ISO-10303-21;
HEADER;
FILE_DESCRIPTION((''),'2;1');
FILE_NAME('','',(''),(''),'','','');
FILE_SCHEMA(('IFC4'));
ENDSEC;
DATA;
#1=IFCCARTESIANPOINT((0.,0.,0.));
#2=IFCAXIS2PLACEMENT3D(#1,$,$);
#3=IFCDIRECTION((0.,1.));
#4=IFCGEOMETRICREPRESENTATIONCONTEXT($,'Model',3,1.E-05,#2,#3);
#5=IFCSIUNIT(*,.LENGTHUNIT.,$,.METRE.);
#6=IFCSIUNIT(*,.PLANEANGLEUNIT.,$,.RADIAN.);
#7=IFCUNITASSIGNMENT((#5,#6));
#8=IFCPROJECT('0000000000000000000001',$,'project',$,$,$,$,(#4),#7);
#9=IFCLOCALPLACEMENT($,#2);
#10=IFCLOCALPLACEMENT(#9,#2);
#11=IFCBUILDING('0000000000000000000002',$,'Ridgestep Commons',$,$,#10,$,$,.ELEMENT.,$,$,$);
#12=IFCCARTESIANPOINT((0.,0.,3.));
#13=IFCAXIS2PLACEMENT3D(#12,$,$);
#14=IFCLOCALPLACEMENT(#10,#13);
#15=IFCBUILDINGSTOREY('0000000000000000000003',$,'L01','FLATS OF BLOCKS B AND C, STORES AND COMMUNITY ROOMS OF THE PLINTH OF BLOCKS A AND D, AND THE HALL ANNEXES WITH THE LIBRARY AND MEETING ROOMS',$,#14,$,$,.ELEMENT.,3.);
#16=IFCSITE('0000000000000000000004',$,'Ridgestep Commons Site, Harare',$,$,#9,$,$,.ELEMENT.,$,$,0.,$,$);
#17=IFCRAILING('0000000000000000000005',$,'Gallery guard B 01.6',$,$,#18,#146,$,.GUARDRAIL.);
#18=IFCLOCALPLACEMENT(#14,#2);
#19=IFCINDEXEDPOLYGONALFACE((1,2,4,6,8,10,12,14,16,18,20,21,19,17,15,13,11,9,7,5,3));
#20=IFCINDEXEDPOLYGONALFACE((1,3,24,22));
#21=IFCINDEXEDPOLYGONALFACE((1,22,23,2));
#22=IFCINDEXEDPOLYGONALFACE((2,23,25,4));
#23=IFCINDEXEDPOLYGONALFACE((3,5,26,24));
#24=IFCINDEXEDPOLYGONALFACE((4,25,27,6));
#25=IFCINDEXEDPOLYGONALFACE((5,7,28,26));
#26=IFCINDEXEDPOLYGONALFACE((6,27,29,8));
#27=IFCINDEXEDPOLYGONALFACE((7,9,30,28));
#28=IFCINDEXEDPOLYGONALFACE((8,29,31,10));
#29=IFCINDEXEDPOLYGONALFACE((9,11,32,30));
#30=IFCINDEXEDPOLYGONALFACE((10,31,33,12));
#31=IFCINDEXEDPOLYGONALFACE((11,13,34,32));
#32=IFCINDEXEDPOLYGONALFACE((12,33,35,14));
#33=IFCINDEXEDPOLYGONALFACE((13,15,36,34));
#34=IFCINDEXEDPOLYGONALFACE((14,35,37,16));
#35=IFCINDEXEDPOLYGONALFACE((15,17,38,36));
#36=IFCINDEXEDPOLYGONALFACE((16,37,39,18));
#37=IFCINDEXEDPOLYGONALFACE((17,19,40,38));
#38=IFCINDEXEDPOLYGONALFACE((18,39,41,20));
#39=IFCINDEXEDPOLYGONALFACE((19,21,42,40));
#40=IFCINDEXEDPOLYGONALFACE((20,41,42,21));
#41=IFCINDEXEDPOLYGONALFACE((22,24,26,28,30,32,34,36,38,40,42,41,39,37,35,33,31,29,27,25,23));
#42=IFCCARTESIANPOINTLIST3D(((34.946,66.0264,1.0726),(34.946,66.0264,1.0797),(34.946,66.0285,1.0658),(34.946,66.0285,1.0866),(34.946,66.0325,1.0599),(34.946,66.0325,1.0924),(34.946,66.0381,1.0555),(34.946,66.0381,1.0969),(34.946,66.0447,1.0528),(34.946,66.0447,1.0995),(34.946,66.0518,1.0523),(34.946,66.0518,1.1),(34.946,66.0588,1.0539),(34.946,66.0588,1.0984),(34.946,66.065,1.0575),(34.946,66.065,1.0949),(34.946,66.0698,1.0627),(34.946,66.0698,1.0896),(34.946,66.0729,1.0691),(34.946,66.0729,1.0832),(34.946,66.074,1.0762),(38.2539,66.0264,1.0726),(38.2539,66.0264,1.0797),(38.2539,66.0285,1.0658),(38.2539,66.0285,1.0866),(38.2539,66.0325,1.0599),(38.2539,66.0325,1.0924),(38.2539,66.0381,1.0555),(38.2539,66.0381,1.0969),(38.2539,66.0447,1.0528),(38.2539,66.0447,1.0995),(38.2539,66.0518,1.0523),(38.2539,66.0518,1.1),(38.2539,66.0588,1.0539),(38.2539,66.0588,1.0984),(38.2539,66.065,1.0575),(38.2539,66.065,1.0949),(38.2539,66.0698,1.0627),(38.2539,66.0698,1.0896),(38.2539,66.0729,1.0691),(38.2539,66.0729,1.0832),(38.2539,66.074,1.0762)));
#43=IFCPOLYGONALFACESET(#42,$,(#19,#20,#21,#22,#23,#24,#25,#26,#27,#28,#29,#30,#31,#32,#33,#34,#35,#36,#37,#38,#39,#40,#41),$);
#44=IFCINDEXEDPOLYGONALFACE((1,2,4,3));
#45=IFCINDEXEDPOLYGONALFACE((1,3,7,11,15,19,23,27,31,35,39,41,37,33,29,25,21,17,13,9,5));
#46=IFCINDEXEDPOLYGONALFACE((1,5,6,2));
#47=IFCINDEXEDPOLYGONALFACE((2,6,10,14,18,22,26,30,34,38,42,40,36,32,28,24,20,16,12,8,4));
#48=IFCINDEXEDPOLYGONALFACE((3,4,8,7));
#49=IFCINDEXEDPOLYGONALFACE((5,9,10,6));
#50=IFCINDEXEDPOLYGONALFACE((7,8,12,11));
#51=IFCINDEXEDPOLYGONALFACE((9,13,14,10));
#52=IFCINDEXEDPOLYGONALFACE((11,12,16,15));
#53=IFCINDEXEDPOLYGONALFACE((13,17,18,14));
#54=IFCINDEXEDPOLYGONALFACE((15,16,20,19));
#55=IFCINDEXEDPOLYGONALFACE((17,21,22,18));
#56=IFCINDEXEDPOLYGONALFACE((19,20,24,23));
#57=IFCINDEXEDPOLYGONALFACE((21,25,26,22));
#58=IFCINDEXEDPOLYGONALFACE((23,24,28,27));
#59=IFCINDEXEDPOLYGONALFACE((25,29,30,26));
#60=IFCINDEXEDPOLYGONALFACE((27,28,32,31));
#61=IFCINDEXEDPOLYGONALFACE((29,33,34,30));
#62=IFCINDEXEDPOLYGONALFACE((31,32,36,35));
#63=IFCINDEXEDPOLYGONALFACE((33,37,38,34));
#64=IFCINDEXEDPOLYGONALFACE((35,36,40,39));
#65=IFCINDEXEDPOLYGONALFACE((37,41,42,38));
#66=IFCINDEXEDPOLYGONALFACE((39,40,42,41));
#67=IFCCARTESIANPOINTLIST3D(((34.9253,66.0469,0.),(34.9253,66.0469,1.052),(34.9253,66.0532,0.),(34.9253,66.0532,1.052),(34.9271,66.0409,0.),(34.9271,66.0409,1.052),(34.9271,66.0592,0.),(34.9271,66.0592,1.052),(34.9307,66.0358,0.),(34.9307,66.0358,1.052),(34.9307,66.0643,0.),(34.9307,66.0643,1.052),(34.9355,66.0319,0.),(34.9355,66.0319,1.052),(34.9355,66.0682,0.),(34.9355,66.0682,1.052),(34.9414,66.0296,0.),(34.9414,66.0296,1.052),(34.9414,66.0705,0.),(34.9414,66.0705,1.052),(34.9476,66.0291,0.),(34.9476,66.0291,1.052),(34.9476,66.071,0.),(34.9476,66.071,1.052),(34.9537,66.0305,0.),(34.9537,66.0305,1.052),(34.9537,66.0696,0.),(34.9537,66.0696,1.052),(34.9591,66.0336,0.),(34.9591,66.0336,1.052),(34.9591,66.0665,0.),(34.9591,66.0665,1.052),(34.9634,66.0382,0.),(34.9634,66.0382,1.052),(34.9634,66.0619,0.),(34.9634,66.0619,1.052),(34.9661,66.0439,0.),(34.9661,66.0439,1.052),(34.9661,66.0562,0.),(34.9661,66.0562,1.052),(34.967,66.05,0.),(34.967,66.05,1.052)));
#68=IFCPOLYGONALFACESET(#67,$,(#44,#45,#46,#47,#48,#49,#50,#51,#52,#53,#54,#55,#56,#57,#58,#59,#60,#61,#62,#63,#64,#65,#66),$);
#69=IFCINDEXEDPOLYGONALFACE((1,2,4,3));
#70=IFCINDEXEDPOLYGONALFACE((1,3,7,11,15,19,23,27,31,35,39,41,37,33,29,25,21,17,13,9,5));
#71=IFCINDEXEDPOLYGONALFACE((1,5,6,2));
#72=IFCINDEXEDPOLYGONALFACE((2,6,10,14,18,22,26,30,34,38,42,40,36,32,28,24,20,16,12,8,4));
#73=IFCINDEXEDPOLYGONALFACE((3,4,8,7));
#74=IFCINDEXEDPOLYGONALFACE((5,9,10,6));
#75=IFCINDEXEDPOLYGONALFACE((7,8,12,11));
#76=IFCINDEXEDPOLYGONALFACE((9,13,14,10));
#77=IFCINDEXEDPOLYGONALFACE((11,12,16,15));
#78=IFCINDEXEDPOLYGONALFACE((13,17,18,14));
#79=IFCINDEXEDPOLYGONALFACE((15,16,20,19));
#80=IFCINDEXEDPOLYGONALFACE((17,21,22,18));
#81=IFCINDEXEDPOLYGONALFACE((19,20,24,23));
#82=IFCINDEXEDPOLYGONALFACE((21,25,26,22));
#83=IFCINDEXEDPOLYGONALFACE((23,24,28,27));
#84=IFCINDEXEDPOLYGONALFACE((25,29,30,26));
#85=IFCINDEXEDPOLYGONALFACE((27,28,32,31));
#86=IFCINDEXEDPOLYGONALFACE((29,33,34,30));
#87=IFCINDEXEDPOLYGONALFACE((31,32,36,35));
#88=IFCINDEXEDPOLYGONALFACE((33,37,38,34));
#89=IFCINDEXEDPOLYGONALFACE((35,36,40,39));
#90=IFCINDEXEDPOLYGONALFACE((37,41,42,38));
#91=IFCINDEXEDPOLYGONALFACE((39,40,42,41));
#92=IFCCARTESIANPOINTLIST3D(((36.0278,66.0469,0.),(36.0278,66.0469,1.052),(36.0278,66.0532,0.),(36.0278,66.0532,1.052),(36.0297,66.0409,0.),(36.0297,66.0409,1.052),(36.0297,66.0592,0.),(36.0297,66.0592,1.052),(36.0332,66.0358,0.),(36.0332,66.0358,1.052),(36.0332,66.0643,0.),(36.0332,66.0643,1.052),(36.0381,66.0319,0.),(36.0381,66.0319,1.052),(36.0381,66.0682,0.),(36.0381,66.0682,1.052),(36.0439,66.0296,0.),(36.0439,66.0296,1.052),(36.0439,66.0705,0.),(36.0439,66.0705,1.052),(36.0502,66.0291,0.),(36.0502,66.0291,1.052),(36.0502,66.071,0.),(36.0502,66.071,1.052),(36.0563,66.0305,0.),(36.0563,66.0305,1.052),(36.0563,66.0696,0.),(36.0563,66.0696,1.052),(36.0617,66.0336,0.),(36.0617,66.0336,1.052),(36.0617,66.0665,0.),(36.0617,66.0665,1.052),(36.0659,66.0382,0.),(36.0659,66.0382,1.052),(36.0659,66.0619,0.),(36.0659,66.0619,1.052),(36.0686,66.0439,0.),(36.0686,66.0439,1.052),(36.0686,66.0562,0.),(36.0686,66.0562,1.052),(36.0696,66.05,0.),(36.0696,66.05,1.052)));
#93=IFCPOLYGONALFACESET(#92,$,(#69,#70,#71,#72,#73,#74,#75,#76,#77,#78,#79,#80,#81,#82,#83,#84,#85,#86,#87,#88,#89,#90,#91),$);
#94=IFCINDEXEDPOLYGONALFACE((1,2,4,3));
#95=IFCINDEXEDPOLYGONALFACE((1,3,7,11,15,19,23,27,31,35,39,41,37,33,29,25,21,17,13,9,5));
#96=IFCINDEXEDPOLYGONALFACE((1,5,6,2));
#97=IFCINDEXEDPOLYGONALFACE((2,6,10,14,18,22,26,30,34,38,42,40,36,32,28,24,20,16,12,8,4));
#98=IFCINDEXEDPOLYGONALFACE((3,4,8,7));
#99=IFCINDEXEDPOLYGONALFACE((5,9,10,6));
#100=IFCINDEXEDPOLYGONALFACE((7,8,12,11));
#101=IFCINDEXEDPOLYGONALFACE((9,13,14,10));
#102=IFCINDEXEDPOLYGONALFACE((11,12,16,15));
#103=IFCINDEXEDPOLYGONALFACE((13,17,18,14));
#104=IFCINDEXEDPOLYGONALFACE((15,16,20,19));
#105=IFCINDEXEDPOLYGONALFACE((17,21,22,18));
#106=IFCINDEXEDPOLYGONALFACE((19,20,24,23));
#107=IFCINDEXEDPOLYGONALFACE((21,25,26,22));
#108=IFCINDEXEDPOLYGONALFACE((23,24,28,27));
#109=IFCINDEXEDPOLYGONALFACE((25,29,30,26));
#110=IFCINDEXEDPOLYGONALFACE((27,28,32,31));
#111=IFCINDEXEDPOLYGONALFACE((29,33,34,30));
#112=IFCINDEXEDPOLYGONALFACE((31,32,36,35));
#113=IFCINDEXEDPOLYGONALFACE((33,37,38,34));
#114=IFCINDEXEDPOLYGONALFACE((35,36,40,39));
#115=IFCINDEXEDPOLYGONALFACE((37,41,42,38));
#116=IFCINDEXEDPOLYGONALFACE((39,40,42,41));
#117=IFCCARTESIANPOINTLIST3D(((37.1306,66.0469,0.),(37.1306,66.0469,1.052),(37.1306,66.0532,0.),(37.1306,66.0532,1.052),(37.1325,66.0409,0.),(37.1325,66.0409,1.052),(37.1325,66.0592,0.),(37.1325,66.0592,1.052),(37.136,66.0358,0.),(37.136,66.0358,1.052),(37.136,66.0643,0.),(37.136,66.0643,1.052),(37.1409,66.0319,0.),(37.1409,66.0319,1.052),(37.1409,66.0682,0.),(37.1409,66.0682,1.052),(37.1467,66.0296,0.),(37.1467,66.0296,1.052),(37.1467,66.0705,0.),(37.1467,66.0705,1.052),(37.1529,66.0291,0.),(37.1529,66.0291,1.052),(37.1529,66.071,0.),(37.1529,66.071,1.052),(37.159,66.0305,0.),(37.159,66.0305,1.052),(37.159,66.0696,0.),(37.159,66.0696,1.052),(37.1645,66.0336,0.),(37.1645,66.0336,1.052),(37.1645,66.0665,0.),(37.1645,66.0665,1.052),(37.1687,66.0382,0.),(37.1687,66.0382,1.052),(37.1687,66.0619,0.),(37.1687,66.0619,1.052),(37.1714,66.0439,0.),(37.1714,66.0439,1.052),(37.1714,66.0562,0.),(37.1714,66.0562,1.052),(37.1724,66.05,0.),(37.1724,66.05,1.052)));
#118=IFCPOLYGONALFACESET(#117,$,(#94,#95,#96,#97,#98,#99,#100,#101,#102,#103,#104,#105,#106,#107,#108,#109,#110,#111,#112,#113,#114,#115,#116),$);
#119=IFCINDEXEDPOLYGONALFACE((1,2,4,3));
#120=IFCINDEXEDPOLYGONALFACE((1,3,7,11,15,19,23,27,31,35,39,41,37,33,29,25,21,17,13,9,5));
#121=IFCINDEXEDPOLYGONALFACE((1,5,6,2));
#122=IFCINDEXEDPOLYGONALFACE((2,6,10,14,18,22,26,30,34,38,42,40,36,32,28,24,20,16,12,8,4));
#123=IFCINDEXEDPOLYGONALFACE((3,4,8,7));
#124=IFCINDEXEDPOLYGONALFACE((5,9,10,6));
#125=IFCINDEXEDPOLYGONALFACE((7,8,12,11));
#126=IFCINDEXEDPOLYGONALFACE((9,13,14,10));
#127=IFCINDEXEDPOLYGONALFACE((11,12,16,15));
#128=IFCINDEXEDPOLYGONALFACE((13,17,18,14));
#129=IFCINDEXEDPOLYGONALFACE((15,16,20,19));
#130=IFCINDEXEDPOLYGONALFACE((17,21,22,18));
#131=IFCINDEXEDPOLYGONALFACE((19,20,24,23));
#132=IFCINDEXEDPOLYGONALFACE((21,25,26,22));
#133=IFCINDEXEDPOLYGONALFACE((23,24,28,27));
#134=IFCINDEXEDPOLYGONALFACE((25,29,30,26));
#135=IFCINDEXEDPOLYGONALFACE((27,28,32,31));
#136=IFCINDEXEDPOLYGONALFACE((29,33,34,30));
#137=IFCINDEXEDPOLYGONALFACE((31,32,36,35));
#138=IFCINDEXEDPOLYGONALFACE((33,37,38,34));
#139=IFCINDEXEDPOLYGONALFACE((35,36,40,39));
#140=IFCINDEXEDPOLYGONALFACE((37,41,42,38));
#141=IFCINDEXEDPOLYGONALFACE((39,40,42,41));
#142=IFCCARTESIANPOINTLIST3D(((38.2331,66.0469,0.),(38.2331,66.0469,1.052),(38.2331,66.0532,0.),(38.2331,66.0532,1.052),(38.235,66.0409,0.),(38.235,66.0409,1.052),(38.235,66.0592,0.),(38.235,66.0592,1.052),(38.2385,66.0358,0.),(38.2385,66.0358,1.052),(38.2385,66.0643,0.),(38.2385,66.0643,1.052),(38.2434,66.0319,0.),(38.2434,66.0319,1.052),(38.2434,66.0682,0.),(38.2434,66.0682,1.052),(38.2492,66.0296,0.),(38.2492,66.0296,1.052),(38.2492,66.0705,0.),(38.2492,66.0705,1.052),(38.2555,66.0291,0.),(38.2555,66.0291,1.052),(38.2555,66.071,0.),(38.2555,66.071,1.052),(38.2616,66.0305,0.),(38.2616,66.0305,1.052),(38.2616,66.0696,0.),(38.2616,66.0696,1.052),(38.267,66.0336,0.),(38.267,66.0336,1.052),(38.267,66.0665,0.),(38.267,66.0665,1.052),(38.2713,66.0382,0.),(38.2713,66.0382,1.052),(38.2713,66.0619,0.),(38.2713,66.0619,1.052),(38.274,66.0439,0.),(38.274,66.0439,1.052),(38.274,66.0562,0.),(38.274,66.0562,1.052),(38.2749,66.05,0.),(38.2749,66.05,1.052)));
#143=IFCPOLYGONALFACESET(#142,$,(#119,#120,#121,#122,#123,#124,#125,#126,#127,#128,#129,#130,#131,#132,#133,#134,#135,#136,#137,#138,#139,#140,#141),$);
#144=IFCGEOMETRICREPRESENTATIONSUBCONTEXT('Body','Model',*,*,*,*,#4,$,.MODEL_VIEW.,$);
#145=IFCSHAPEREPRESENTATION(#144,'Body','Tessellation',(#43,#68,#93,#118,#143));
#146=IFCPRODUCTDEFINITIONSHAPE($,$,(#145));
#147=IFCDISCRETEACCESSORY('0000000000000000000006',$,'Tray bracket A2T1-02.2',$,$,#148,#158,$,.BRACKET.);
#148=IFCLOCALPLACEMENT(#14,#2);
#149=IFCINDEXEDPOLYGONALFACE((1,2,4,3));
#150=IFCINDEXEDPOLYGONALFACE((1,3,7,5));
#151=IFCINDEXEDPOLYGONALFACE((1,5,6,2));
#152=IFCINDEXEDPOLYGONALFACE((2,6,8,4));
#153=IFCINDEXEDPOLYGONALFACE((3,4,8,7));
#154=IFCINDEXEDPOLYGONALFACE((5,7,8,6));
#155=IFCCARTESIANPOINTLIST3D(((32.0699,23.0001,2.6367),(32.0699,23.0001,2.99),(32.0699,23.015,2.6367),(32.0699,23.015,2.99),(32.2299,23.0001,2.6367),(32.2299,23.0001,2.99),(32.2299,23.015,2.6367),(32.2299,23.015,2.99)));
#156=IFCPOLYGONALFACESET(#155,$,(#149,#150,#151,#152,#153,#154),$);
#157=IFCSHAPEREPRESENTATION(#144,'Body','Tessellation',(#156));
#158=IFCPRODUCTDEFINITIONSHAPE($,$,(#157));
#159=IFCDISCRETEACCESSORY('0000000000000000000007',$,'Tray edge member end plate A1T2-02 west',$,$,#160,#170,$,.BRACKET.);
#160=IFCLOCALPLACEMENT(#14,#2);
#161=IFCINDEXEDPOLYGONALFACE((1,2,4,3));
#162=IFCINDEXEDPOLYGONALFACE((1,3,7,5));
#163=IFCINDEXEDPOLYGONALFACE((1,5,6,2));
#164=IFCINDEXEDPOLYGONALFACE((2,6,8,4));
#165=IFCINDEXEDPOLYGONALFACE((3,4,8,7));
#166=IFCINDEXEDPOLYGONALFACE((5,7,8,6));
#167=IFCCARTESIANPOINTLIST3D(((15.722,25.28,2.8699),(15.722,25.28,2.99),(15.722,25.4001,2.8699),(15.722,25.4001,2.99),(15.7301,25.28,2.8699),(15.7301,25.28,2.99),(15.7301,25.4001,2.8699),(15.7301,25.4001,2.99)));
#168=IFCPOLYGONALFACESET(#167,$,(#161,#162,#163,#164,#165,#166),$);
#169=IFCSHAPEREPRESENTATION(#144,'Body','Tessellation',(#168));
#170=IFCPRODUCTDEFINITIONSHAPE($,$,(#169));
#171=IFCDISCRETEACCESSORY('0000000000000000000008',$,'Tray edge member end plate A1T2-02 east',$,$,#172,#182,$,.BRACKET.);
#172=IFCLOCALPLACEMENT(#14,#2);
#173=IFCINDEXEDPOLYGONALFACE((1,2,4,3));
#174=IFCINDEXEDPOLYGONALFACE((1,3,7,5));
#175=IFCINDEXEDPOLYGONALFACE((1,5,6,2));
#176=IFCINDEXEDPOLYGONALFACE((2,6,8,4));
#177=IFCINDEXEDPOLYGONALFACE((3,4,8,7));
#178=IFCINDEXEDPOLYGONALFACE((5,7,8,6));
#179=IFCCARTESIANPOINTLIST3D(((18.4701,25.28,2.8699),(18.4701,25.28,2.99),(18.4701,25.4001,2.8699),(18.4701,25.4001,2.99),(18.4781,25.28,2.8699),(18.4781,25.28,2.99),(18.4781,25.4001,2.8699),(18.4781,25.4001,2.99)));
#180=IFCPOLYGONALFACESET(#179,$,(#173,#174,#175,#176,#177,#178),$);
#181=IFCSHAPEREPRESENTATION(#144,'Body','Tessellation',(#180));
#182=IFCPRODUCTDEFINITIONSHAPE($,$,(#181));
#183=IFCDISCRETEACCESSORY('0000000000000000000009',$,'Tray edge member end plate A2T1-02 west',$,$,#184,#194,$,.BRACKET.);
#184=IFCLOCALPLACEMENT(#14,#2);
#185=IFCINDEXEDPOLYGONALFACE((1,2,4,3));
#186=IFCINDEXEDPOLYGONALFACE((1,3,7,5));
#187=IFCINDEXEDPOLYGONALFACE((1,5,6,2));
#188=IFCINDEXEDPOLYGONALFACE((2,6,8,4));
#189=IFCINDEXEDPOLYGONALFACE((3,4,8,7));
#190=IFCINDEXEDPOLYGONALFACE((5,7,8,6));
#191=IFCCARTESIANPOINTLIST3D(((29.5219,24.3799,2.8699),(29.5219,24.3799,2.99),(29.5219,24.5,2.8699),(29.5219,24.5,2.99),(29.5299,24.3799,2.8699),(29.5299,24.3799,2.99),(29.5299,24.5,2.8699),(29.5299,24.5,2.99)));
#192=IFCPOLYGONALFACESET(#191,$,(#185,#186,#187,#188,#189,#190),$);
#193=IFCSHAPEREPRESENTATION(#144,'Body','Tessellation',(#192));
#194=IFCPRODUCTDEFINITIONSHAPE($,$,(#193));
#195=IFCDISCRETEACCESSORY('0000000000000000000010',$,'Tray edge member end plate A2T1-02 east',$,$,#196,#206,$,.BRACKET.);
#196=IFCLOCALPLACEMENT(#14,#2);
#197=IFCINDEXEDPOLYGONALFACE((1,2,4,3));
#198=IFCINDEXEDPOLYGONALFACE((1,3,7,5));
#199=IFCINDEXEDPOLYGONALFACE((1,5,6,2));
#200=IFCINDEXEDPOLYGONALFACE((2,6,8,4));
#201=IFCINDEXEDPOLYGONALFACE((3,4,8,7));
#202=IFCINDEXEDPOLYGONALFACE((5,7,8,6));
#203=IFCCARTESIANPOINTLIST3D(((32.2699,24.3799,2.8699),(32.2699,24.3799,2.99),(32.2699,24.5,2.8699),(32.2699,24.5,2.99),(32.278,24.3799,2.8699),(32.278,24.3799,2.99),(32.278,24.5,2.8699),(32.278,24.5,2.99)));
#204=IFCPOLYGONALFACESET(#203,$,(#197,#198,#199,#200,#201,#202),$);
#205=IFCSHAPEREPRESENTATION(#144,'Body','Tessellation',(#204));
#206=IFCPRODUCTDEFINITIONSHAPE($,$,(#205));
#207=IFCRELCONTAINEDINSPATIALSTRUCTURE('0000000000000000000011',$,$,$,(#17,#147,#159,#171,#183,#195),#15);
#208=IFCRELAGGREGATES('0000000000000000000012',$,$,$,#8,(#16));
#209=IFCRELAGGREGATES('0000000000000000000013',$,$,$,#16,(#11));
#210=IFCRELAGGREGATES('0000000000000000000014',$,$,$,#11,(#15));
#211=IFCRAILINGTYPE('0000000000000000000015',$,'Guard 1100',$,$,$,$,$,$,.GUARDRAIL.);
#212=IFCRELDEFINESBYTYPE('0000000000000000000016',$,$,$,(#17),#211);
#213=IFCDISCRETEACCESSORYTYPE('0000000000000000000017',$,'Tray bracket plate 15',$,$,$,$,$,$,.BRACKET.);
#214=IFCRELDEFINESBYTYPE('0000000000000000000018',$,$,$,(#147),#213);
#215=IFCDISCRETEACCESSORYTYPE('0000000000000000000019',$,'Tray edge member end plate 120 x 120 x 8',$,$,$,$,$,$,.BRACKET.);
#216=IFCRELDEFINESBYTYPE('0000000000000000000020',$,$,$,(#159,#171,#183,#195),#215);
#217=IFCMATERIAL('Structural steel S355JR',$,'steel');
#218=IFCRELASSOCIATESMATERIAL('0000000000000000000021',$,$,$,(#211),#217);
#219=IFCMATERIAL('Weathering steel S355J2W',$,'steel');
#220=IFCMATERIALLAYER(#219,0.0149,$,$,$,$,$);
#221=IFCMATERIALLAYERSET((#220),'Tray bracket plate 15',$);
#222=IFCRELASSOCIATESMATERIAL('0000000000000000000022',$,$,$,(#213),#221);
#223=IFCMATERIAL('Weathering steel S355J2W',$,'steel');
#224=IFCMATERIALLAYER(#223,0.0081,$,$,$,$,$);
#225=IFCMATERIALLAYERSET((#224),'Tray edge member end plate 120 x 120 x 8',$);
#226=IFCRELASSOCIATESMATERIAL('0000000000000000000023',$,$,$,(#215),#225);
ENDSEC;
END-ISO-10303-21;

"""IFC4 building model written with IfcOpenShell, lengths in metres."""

from ifc_helpers import new_model, si_unit, direction, frame, origin, origin_2d, place, context, subcontext, project, spatial, rectangle, circle, extrude, material, layer, layer_set, type_object, element, save


model = new_model("IFC4")

# Units and contexts
model_context = context("Model", 3, precision=1e-05, world=origin(), true_north=direction((0.0, 1.0)))
body_context = subcontext(model_context, "Body", "Model", "MODEL_VIEW")
ifc_project = project(units=[si_unit("LENGTHUNIT", "METRE"), si_unit("PLANEANGLEUNIT", "RADIAN")], contexts=[model_context])

# Site, building, storey
site_placement = place(None, origin())
site = spatial("IfcSite", under=ifc_project, at=site_placement, Name="Ridgestep Commons Site, Harare", CompositionType="ELEMENT", RefElevation=0.0)
building_placement = place(site_placement, origin())
building = spatial("IfcBuilding", under=site, at=building_placement, Name="Ridgestep Commons", CompositionType="ELEMENT")
storey_placement = place(building_placement, frame((0.0, 0.0, 3.0)))
storey = spatial("IfcBuildingStorey", under=building, at=storey_placement, Name="L01", Description="FLATS OF BLOCKS B AND C, STORES AND COMMUNITY ROOMS OF THE PLINTH OF BLOCKS A AND D, AND THE HALL ANNEXES WITH THE LIBRARY AND MEETING ROOMS", CompositionType="ELEMENT", Elevation=3.0)

# Railing
ifc_material_1 = material(Name="Structural steel S355JR", Category="steel")
railing_type = type_object("IfcRailingType", Name="Guard 1100", PredefinedType="GUARDRAIL", material=ifc_material_1)
railing_1_placement = place(storey_placement, frame((34.946, 66.05, 0.0)))
element("IfcRailing", 1, at=railing_1_placement, inside=storey, type_object=railing_type, Name="Gallery guard B 01.6", PredefinedType="GUARDRAIL", context=body_context, shape_type="SweptSolid", body=[
    extrude(circle(Radius=0.0239, at=origin_2d()), frame((0.0, 0.0, 1.0762), z_axis=(1.0, 0.0, 0.0), x_axis=(0.0, 1.0, 0.0)), (0.0, 0.0, 1.0), 3.3079),
    extrude(circle(Radius=0.021, at=origin_2d()), origin(), (0.0, 0.0, 1.0), 1.052),
    extrude(circle(Radius=0.021, at=origin_2d()), frame((1.1025, 0.0, 0.0)), (0.0, 0.0, 1.0), 1.052),
    extrude(circle(Radius=0.021, at=origin_2d()), frame((2.2053, 0.0, 0.0)), (0.0, 0.0, 1.0), 1.052),
    extrude(circle(Radius=0.021, at=origin_2d()), frame((3.3079, 0.0, 0.0)), (0.0, 0.0, 1.0), 1.052),
])

# Discrete accessories
ifc_material_2 = material(Name="Weathering steel S355J2W", Category="steel")
ifc_layer_1 = layer(ifc_material_2, 0.0149)
ifc_layer_set_1 = layer_set([ifc_layer_1], Name="Tray bracket plate 15")
discrete_accessory_type_1 = type_object("IfcDiscreteAccessoryType", Name="Tray bracket plate 15", PredefinedType="BRACKET", material=ifc_layer_set_1)
discrete_accessory_placement = place(storey_placement, frame((32.1499, 23.0076, 2.6367), z_axis=(0.0, 0.0, 1.0), x_axis=(1.0, 0.0, 0.0)))
element("IfcDiscreteAccessory", 2, at=discrete_accessory_placement, inside=storey, type_object=discrete_accessory_type_1, Name="Tray bracket A2T1-02.2", PredefinedType="BRACKET", context=body_context, shape_type="SweptSolid", body=[
    extrude(rectangle(XDim=0.1599, YDim=0.0149, at=origin_2d()), origin(), (0.0, 0.0, 1.0), 0.3533),
])
ifc_material_3 = material(Name="Weathering steel S355J2W", Category="steel")
ifc_layer_2 = layer(ifc_material_3, 0.0081)
ifc_layer_set_2 = layer_set([ifc_layer_2], Name="Tray edge member end plate 120 x 120 x 8")
discrete_accessory_type_2 = type_object("IfcDiscreteAccessoryType", Name="Tray edge member end plate 120 x 120 x 8", PredefinedType="BRACKET", material=ifc_layer_set_2)
for number, where, z_axis, x_axis, name in (
    (3, (15.7261, 25.3401, 2.8699), (0.0, 0.0, 1.0), (1.0, 0.0, 0.0), "Tray edge member end plate A1T2-02 west"),
    (4, (18.4741, 25.3401, 2.8699), (0.0, 0.0, 1.0), (1.0, 0.0, 0.0), "Tray edge member end plate A1T2-02 east"),
    (5, (29.5259, 24.4399, 2.8699), (0.0, 0.0, 1.0), (1.0, 0.0, 0.0), "Tray edge member end plate A2T1-02 west"),
    (6, (32.2739, 24.4399, 2.8699), (0.0, 0.0, 1.0), (1.0, 0.0, 0.0), "Tray edge member end plate A2T1-02 east"),
):
    element("IfcDiscreteAccessory", number, at=place(storey_placement, frame(where, z_axis=z_axis, x_axis=x_axis)), inside=storey, type_object=discrete_accessory_type_2, Name=name, PredefinedType="BRACKET", context=body_context, shape_type="SweptSolid", body=[
        extrude(rectangle(XDim=0.0081, YDim=0.1201, at=origin_2d()), origin(), (0.0, 0.0, 1.0), 0.1201),
    ])

save(model, "model.ifc")
